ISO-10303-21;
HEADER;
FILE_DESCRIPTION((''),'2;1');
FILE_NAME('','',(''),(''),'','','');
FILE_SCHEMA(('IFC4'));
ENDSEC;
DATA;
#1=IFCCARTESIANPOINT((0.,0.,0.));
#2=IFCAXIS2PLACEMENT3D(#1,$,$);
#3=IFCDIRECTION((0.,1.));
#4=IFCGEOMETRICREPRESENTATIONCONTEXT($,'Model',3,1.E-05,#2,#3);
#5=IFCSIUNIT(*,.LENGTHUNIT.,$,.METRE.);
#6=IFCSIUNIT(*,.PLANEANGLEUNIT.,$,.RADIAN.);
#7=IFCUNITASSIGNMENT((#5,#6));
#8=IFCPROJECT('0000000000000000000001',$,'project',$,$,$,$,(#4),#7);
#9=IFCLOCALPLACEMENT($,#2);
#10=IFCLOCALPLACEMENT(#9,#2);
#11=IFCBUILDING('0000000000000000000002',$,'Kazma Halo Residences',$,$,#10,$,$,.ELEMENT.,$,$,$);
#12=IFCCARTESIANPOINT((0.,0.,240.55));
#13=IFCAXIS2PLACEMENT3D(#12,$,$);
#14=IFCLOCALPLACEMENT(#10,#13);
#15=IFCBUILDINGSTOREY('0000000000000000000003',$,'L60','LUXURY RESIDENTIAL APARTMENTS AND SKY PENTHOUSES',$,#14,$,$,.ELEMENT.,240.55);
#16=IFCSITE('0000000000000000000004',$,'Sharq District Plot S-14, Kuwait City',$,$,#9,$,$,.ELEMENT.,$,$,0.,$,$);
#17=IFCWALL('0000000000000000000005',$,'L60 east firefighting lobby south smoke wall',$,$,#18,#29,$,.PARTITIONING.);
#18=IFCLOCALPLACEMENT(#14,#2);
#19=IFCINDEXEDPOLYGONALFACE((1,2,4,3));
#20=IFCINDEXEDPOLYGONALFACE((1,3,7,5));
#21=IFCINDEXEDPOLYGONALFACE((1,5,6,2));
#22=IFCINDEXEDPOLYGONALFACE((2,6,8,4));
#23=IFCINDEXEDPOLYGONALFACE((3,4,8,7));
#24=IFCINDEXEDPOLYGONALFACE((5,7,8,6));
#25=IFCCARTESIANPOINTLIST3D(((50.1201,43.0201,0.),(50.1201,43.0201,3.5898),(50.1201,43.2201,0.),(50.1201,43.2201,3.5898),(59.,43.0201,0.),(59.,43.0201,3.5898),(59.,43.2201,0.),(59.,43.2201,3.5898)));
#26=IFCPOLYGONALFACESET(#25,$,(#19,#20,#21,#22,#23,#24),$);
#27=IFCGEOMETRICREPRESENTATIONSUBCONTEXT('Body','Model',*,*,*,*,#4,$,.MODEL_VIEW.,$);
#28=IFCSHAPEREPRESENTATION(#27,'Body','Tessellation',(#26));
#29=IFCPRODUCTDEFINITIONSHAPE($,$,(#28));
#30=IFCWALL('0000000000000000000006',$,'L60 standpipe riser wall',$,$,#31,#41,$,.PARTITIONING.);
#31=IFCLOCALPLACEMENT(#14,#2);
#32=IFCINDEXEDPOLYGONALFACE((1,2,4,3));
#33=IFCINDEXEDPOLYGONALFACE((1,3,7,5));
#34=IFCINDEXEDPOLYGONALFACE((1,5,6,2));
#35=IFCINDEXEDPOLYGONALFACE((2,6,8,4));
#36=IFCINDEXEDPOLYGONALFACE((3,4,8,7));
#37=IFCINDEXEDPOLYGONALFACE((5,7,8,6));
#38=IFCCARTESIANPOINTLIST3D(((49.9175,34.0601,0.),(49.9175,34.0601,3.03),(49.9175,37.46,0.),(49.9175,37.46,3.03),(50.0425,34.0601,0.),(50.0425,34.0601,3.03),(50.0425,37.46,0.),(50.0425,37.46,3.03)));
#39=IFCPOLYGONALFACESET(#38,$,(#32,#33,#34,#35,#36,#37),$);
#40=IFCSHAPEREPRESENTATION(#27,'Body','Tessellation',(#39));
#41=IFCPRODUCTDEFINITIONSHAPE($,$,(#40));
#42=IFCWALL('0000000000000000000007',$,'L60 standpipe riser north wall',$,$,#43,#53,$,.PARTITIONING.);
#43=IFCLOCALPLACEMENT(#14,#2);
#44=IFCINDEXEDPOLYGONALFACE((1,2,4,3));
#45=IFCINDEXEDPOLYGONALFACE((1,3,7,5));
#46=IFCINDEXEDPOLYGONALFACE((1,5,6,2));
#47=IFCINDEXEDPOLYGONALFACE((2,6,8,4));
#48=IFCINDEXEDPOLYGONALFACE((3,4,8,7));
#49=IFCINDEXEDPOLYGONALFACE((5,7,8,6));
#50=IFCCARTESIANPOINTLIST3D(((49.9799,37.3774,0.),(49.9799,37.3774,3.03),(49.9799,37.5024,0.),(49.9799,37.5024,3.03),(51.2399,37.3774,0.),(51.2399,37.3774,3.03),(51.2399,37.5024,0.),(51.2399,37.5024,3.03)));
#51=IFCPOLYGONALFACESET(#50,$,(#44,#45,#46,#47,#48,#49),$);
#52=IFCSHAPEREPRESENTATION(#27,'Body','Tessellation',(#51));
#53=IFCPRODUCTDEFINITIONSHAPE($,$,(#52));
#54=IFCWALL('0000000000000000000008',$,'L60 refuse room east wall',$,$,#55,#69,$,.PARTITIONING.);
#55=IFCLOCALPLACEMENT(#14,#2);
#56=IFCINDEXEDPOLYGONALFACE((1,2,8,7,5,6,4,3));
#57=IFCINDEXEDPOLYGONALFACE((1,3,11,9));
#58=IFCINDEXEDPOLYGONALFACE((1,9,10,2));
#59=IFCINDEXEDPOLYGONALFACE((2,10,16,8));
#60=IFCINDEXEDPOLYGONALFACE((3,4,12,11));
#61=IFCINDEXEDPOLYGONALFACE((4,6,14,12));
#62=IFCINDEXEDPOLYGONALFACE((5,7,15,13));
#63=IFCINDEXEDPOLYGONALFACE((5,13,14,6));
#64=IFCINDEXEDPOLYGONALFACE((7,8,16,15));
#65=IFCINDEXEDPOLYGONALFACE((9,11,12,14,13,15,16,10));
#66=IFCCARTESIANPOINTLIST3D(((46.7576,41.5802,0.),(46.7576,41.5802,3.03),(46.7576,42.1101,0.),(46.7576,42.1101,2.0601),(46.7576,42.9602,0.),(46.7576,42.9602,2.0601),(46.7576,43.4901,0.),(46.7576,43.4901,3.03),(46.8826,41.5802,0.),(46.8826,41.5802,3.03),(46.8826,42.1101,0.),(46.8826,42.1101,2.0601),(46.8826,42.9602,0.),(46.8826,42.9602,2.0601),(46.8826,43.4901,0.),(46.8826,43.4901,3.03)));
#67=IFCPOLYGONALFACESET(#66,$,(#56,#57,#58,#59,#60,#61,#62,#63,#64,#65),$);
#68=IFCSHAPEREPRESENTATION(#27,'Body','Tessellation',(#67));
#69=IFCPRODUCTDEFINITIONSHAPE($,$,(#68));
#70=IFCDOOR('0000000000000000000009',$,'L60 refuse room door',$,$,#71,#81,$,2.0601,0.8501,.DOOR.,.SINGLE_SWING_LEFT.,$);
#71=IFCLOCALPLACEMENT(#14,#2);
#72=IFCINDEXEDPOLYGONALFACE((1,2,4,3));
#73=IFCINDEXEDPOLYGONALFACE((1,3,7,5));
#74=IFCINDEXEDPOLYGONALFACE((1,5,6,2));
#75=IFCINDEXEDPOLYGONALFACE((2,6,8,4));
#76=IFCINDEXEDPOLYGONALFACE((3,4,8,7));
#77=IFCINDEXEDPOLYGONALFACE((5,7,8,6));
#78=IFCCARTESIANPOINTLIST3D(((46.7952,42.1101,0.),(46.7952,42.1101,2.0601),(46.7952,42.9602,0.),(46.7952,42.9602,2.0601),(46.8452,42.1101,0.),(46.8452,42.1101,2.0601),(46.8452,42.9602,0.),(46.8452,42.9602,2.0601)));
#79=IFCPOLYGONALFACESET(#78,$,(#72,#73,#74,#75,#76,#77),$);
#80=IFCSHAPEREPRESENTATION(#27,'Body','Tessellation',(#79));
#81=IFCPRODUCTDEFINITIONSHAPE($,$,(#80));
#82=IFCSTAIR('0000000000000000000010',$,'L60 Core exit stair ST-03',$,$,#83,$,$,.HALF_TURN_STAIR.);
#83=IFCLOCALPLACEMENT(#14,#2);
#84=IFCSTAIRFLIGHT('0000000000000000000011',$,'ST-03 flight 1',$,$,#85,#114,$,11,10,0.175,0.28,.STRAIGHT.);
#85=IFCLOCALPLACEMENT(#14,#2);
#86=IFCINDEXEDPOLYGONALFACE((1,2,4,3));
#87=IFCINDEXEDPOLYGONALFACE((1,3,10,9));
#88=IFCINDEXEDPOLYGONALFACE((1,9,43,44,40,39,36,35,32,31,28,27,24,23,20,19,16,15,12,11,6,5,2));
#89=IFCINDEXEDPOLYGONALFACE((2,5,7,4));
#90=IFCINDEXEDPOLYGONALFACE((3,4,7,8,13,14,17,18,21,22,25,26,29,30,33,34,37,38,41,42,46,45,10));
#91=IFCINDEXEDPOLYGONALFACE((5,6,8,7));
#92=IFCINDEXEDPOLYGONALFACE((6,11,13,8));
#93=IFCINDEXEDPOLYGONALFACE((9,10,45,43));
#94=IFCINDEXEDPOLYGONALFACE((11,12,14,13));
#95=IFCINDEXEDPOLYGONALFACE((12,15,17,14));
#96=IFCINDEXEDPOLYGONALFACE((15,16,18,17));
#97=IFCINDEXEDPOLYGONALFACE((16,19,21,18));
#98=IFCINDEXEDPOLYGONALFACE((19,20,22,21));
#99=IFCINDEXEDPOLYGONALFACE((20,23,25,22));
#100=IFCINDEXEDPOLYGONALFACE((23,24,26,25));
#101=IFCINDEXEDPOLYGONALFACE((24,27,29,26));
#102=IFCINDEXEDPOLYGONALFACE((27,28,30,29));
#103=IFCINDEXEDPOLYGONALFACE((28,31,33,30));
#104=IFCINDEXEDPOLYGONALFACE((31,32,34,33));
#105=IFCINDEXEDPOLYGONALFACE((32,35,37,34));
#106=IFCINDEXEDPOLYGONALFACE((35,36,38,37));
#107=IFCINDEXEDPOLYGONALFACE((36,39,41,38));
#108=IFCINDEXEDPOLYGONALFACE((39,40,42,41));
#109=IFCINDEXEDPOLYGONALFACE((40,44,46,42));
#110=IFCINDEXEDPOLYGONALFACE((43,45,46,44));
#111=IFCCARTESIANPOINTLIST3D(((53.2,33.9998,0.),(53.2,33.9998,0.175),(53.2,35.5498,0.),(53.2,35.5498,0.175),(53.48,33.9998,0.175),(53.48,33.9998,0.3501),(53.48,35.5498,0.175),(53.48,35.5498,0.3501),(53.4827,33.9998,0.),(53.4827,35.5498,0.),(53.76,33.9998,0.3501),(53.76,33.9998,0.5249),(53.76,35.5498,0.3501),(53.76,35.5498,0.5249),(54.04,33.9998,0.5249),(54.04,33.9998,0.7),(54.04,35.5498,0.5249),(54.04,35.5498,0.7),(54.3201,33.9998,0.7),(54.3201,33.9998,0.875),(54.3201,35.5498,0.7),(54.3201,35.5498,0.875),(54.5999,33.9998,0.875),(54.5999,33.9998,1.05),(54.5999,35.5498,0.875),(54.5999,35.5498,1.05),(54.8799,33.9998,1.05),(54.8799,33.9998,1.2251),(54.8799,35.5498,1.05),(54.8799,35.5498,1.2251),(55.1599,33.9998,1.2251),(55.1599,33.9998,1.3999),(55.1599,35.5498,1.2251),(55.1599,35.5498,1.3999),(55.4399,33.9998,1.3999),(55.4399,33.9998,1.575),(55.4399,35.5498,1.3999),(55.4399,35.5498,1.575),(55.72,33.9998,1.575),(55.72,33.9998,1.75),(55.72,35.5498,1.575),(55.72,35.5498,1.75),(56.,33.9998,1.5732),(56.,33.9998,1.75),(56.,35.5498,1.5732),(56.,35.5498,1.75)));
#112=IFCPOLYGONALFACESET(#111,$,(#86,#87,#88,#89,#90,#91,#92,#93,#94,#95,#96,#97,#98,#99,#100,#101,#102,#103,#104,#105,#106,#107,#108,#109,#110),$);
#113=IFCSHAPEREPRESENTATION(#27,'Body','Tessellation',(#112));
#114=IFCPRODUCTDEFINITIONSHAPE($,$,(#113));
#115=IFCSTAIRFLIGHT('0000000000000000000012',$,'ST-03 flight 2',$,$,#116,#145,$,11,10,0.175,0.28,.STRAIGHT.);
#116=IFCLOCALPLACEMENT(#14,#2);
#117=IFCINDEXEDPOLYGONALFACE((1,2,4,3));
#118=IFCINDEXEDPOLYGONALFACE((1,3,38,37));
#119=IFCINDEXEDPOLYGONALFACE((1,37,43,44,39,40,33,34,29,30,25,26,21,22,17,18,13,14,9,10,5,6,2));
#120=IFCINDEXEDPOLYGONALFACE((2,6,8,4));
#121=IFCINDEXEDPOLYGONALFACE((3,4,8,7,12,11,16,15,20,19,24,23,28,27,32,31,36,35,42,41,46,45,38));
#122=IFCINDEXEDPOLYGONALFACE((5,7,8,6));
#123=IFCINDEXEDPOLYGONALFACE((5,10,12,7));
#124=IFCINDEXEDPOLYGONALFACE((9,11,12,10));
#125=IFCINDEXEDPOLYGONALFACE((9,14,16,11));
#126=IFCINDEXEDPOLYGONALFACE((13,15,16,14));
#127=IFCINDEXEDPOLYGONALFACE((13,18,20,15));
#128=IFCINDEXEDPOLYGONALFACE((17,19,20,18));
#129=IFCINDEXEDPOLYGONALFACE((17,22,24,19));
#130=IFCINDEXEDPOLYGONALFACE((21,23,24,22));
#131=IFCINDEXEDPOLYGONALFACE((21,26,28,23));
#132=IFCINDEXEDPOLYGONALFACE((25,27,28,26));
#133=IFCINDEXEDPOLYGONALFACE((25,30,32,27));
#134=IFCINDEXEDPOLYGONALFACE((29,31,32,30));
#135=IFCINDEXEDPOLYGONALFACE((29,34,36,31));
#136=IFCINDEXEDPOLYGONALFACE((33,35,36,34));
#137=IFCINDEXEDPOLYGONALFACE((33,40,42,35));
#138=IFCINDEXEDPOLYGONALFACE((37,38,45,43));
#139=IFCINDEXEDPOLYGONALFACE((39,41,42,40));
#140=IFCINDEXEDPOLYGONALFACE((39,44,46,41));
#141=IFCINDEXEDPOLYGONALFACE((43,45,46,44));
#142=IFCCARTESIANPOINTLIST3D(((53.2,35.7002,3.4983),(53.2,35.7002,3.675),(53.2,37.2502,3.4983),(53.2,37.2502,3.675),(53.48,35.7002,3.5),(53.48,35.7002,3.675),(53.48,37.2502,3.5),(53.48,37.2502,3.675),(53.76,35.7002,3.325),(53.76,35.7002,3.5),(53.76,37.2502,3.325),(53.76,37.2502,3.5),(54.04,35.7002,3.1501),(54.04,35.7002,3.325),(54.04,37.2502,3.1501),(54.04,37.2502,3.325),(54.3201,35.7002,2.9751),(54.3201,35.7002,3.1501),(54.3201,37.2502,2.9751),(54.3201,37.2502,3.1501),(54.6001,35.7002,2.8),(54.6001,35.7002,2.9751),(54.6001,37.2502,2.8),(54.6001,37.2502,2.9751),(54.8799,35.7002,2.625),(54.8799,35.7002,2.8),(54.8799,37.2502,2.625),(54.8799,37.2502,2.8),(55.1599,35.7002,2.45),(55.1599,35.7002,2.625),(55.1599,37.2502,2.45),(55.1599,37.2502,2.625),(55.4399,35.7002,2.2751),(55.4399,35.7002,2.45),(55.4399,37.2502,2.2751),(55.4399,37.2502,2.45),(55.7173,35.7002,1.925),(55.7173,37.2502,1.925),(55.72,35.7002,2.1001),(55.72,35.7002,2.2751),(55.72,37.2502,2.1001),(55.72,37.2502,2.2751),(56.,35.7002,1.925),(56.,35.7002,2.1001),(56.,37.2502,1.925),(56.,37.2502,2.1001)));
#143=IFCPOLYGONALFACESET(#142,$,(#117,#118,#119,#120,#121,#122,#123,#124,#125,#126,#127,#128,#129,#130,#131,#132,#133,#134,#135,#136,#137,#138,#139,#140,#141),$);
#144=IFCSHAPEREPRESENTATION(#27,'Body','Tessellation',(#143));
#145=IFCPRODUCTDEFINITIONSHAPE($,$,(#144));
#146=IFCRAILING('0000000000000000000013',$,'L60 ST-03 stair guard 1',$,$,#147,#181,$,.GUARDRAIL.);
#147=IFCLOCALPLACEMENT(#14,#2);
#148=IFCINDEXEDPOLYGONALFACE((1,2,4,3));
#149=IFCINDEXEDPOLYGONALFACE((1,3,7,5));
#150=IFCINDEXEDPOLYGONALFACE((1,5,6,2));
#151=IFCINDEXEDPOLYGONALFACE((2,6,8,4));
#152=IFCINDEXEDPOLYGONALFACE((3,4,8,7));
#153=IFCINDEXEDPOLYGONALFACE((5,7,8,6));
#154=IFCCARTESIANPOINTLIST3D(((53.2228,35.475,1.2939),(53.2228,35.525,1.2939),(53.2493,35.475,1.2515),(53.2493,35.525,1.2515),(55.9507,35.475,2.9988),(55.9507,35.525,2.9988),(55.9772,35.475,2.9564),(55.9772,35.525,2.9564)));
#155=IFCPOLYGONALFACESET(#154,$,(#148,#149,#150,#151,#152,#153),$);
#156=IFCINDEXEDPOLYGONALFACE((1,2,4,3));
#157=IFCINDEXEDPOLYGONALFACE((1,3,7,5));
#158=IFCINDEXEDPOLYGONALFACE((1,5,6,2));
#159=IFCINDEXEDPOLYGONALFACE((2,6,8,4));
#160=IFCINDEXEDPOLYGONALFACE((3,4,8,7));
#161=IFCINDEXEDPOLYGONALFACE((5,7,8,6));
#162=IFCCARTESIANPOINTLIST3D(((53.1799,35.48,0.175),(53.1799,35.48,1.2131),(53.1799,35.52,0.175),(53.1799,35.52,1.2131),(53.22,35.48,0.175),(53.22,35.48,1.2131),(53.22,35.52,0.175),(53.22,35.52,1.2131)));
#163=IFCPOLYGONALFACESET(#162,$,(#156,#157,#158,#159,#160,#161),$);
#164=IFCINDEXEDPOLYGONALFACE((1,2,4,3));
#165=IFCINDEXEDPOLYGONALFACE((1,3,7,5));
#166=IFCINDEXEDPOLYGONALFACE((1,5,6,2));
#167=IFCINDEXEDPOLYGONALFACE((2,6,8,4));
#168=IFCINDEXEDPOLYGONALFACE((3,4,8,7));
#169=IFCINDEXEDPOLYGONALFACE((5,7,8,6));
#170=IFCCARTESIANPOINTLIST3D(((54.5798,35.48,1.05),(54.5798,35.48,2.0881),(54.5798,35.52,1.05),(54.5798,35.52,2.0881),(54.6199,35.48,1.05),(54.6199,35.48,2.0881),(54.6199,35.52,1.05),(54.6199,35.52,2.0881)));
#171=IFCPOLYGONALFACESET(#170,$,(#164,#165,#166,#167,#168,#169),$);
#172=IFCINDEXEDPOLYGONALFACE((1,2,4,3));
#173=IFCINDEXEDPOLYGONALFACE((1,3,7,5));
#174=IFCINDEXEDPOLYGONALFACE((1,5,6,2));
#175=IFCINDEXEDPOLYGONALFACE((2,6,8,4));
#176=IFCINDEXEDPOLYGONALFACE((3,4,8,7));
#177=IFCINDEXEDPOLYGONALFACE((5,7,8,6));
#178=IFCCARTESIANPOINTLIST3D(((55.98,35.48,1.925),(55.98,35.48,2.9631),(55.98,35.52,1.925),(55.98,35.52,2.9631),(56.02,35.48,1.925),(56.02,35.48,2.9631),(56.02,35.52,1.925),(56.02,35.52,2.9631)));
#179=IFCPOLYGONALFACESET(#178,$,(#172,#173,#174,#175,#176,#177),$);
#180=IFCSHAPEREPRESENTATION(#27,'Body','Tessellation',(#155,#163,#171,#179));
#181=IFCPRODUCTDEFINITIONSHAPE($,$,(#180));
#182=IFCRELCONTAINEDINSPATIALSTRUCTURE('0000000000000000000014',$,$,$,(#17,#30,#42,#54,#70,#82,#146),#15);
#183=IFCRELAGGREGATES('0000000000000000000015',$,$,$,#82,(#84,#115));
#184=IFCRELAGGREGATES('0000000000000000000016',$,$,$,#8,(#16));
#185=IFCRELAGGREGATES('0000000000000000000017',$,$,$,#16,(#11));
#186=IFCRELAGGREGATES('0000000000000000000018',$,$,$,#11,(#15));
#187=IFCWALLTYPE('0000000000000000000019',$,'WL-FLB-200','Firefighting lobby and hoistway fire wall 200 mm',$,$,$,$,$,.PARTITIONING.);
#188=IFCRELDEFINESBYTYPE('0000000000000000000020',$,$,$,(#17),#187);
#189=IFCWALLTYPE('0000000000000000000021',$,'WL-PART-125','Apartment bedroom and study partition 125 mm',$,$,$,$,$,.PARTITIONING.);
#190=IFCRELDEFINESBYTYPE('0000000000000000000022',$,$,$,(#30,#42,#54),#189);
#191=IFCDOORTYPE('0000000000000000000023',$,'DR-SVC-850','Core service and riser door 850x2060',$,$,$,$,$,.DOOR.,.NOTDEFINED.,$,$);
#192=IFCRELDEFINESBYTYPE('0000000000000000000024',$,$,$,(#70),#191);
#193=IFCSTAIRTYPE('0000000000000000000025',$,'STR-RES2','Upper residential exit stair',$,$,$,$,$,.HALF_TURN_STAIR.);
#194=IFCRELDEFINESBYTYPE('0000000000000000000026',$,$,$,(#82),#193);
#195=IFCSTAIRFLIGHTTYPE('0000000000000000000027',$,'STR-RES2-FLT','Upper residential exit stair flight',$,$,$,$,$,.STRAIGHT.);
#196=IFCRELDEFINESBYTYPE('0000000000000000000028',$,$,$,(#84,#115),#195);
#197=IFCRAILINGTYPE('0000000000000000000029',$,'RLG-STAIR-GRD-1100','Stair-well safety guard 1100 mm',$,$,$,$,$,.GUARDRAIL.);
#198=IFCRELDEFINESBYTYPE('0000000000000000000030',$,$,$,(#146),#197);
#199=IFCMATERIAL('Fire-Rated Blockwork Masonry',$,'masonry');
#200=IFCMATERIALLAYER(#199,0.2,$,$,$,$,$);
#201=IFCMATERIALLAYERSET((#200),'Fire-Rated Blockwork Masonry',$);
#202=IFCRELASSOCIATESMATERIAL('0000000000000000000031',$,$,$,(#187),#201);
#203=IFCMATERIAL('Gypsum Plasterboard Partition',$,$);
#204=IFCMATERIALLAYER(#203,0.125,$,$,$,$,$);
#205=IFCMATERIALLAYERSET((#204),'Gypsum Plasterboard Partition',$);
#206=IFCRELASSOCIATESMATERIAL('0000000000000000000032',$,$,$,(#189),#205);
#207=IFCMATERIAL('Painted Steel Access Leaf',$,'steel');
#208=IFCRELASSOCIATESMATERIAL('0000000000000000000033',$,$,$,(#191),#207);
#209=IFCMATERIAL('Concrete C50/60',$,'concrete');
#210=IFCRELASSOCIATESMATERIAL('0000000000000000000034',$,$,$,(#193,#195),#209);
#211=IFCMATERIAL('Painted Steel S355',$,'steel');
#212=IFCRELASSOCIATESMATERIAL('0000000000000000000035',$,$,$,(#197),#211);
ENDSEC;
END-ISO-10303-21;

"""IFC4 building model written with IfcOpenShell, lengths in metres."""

from ifc_helpers import new_model, si_unit, direction, frame, frame_2d, origin, origin_2d, place, context, subcontext, project, spatial, polyline, rectangle, outline, extrude, material, layer, layer_set, type_object, element, fill, aggregate, save


model = new_model("IFC4")

# Units and contexts
model_context = context("Model", 3, precision=1e-05, world=origin(), true_north=direction((0.0, 1.0)))
body_context = subcontext(model_context, "Body", "Model", "MODEL_VIEW")
ifc_project = project(units=[si_unit("LENGTHUNIT", "METRE"), si_unit("PLANEANGLEUNIT", "RADIAN")], contexts=[model_context])

# Site, building, storey
site_placement = place(None, origin())
site = spatial("IfcSite", under=ifc_project, at=site_placement, Name="Sharq District Plot S-14, Kuwait City", CompositionType="ELEMENT", RefElevation=0.0)
building_placement = place(site_placement, origin())
building = spatial("IfcBuilding", under=site, at=building_placement, Name="Kazma Halo Residences", CompositionType="ELEMENT")
storey_placement = place(building_placement, frame((0.0, 0.0, 240.55)))
storey = spatial("IfcBuildingStorey", under=building, at=storey_placement, Name="L60", Description="LUXURY RESIDENTIAL APARTMENTS AND SKY PENTHOUSES", CompositionType="ELEMENT", Elevation=240.55)

# Shared definitions
ifc_material_1 = material(Name="Fire-Rated Blockwork Masonry", Category="masonry")
ifc_layer_1 = layer(ifc_material_1, 0.2)
ifc_layer_set_1 = layer_set([ifc_layer_1], Name="Fire-Rated Blockwork Masonry")
wall_type_1 = type_object("IfcWallType", Name="WL-FLB-200", Description="Firefighting lobby and hoistway fire wall 200 mm", PredefinedType="PARTITIONING", material=ifc_layer_set_1)

# Walls
wall_1_placement = place(storey_placement, frame((50.1201, 43.1201, 0.0), z_axis=(0.0, 0.0, 1.0), x_axis=(1.0, 0.0, 0.0)))
element("IfcWall", 1, at=wall_1_placement, inside=storey, type_object=wall_type_1, Name="L60 east firefighting lobby south smoke wall", PredefinedType="PARTITIONING", context=body_context, shape_type="SweptSolid", body=[
    extrude(rectangle(XDim=8.8799, YDim=0.2, at=frame_2d((4.4399, 0.0))), origin(), (0.0, 0.0, 1.0), 3.5898),
])
ifc_material_2 = material(Name="Gypsum Plasterboard Partition")
ifc_layer_2 = layer(ifc_material_2, 0.125)
ifc_layer_set_2 = layer_set([ifc_layer_2], Name="Gypsum Plasterboard Partition")
wall_type_2 = type_object("IfcWallType", Name="WL-PART-125", Description="Apartment bedroom and study partition 125 mm", PredefinedType="PARTITIONING", material=ifc_layer_set_2)
wall_2_placement = place(storey_placement, frame((49.98, 34.0601, 0.0), z_axis=(0.0, 0.0, 1.0), x_axis=(0.0, 1.0, 0.0)))
element("IfcWall", 2, at=wall_2_placement, inside=storey, type_object=wall_type_2, Name="L60 standpipe riser wall", PredefinedType="PARTITIONING", context=body_context, shape_type="SweptSolid", body=[
    extrude(rectangle(XDim=3.3999, YDim=0.125, at=frame_2d((1.7, 0.0))), origin(), (0.0, 0.0, 1.0), 3.03),
])
wall_3_placement = place(storey_placement, frame((49.98, 37.4399, 0.0), z_axis=(0.0, 0.0, 1.0), x_axis=(1.0, 0.0, 0.0)))
element("IfcWall", 3, at=wall_3_placement, inside=storey, type_object=wall_type_2, Name="L60 standpipe riser north wall", PredefinedType="PARTITIONING", context=body_context, shape_type="SweptSolid", body=[
    extrude(rectangle(XDim=1.26, YDim=0.125, at=frame_2d((0.6299, 0.0))), origin(), (0.0, 0.0, 1.0), 3.03),
])

# Wall, opening, door
wall_4_placement = place(storey_placement, frame((46.8201, 41.5801, 0.0), z_axis=(0.0, 0.0, 1.0), x_axis=(0.0, 1.0, 0.0)))
wall_4 = element("IfcWall", 4, at=wall_4_placement, inside=storey, type_object=wall_type_2, Name="L60 refuse room east wall", PredefinedType="PARTITIONING", context=body_context, shape_type="SweptSolid", body=[
    extrude(rectangle(XDim=1.9099, YDim=0.125, at=frame_2d((0.9551, 0.0))), origin(), (0.0, 0.0, 1.0), 3.03),
])
opening_1_placement = place(wall_4_placement, frame((0.53, 0.0, 0.0)))
opening_1 = element("IfcOpeningElement", 5, at=opening_1_placement, cuts=wall_4, PredefinedType="OPENING", context=body_context, shape_type="SweptSolid", body=[
    extrude(rectangle(XDim=0.8501, YDim=2.0601, at=frame_2d((0.425, 1.03))), frame((0.0, 0.0725, 0.0), z_axis=(0.0, -1.0, 0.0), x_axis=(1.0, 0.0, 0.0)), (0.0, 0.0, 1.0), 0.145),
])
ifc_material_3 = material(Name="Painted Steel Access Leaf", Category="steel")
door_type_1 = type_object("IfcDoorType", Name="DR-SVC-850", Description="Core service and riser door 850x2060", OperationType="NOTDEFINED", PredefinedType="DOOR", material=ifc_material_3)
door_1_placement = place(opening_1_placement, origin())
door_1 = element("IfcDoor", 6, at=door_1_placement, inside=storey, type_object=door_type_1, Name="L60 refuse room door", OperationType="SINGLE_SWING_LEFT", OverallHeight=2.0601, OverallWidth=0.8501, PredefinedType="DOOR", context=body_context, shape_type="SweptSolid", body=[
    extrude(rectangle(XDim=0.8501, YDim=2.0601, at=frame_2d((0.425, 1.03))), frame((0.0, 0.0249, 0.0), z_axis=(0.0, -1.0, 0.0), x_axis=(1.0, 0.0, 0.0)), (0.0, 0.0, 1.0), 0.05),
])
fill(opening_1, door_1)
ifc_material_4 = material(Name="Concrete C50/60", Category="concrete")

# Stair, stair flights
stair_type = type_object("IfcStairType", Name="STR-RES2", Description="Upper residential exit stair", PredefinedType="HALF_TURN_STAIR", material=ifc_material_4)
stair_placement = place(storey_placement, origin())
stair = element("IfcStair", 7, at=stair_placement, inside=storey, type_object=stair_type, Name="L60 Core exit stair ST-03", PredefinedType="HALF_TURN_STAIR")
stair_flight_type = type_object("IfcStairFlightType", Name="STR-RES2-FLT", Description="Upper residential exit stair flight", PredefinedType="STRAIGHT", material=ifc_material_4)
stair_flight_1_placement = place(storey_placement, frame((53.2, 34.7749, 0.0), z_axis=(0.0, 0.0, 1.0), x_axis=(1.0, 0.0, 0.0)))
stair_flight_1 = element("IfcStairFlight", 8, at=stair_flight_1_placement, type_object=stair_flight_type, Name="ST-03 flight 1", NumberOfRisers=11, NumberOfTreads=10, PredefinedType="STRAIGHT", RiserHeight=0.175, TreadLength=0.28, context=body_context, shape_type="SweptSolid", body=[
    extrude(outline(polyline([(0.0, 0.0), (0.0, 0.175), (0.28, 0.175), (0.28, 0.3501), (0.5601, 0.3501), (0.5601, 0.5249), (0.8401, 0.5249), (0.8401, 0.7), (1.1201, 0.7), (1.1201, 0.875), (1.3999, 0.875), (1.3999, 1.05), (1.6799, 1.05), (1.6799, 1.2251), (1.96, 1.2251), (1.96, 1.3999), (2.24, 1.3999), (2.24, 1.575), (2.52, 1.575), (2.52, 1.75), (2.8, 1.75), (2.8, 1.925), (2.8, 1.5732), (0.2827, 0.0), (0.0, 0.0)])), frame((0.0, 0.7749, 0.0), z_axis=(0.0, -1.0, 0.0), x_axis=(1.0, 0.0, 0.0)), (0.0, 0.0, 1.0), 1.55),
])
stair_flight_2_placement = place(storey_placement, frame((56.0, 36.4751, 1.925), z_axis=(0.0, 0.0, 1.0), x_axis=(-1.0, 0.0, 0.0)))
stair_flight_2 = element("IfcStairFlight", 9, at=stair_flight_2_placement, type_object=stair_flight_type, Name="ST-03 flight 2", NumberOfRisers=11, NumberOfTreads=10, PredefinedType="STRAIGHT", RiserHeight=0.175, TreadLength=0.28, context=body_context, shape_type="SweptSolid", body=[
    extrude(outline(polyline([(0.0, 0.0), (0.0, 0.175), (0.28, 0.175), (0.28, 0.3501), (0.5601, 0.3501), (0.5601, 0.5249), (0.8401, 0.5249), (0.8401, 0.7), (1.1201, 0.7), (1.1201, 0.875), (1.3999, 0.875), (1.3999, 1.05), (1.6799, 1.05), (1.6799, 1.2251), (1.96, 1.2251), (1.96, 1.3999), (2.24, 1.3999), (2.24, 1.575), (2.52, 1.575), (2.52, 1.75), (2.8, 1.75), (2.8, 1.925), (2.8, 1.5732), (0.2827, 0.0), (0.0, 0.0)])), frame((0.0, 0.7749, 0.0), z_axis=(0.0, -1.0, 0.0), x_axis=(1.0, 0.0, 0.0)), (0.0, 0.0, 1.0), 1.55),
])
aggregate(stair, [stair_flight_1, stair_flight_2])

# Railing
ifc_material_5 = material(Name="Painted Steel S355", Category="steel")
railing_type_1 = type_object("IfcRailingType", Name="RLG-STAIR-GRD-1100", Description="Stair-well safety guard 1100 mm", PredefinedType="GUARDRAIL", material=ifc_material_5)
railing_1_placement = place(storey_placement, frame((53.2, 35.5, 0.175)))
element("IfcRailing", 10, at=railing_1_placement, inside=storey, type_object=railing_type_1, Name="L60 ST-03 stair guard 1", PredefinedType="GUARDRAIL", context=body_context, shape_type="SweptSolid", body=[
    extrude(rectangle(XDim=0.05, YDim=0.05, at=origin_2d()), frame((0.0361, 0.0, 1.0977), z_axis=(0.848002, 0.0, 0.529992), x_axis=(0.0, 1.0, 0.0)), (0.0, 0.0, 1.0), 3.2168),
    extrude(rectangle(XDim=0.04, YDim=0.04, at=origin_2d()), origin(), (0.0, 0.0, 1.0), 1.0381),
    extrude(rectangle(XDim=0.04, YDim=0.04, at=origin_2d()), frame((1.3999, 0.0, 0.875)), (0.0, 0.0, 1.0), 1.0381),
    extrude(rectangle(XDim=0.04, YDim=0.04, at=origin_2d()), frame((2.8, 0.0, 1.75)), (0.0, 0.0, 1.0), 1.0381),
])

save(model, "model.ifc")
